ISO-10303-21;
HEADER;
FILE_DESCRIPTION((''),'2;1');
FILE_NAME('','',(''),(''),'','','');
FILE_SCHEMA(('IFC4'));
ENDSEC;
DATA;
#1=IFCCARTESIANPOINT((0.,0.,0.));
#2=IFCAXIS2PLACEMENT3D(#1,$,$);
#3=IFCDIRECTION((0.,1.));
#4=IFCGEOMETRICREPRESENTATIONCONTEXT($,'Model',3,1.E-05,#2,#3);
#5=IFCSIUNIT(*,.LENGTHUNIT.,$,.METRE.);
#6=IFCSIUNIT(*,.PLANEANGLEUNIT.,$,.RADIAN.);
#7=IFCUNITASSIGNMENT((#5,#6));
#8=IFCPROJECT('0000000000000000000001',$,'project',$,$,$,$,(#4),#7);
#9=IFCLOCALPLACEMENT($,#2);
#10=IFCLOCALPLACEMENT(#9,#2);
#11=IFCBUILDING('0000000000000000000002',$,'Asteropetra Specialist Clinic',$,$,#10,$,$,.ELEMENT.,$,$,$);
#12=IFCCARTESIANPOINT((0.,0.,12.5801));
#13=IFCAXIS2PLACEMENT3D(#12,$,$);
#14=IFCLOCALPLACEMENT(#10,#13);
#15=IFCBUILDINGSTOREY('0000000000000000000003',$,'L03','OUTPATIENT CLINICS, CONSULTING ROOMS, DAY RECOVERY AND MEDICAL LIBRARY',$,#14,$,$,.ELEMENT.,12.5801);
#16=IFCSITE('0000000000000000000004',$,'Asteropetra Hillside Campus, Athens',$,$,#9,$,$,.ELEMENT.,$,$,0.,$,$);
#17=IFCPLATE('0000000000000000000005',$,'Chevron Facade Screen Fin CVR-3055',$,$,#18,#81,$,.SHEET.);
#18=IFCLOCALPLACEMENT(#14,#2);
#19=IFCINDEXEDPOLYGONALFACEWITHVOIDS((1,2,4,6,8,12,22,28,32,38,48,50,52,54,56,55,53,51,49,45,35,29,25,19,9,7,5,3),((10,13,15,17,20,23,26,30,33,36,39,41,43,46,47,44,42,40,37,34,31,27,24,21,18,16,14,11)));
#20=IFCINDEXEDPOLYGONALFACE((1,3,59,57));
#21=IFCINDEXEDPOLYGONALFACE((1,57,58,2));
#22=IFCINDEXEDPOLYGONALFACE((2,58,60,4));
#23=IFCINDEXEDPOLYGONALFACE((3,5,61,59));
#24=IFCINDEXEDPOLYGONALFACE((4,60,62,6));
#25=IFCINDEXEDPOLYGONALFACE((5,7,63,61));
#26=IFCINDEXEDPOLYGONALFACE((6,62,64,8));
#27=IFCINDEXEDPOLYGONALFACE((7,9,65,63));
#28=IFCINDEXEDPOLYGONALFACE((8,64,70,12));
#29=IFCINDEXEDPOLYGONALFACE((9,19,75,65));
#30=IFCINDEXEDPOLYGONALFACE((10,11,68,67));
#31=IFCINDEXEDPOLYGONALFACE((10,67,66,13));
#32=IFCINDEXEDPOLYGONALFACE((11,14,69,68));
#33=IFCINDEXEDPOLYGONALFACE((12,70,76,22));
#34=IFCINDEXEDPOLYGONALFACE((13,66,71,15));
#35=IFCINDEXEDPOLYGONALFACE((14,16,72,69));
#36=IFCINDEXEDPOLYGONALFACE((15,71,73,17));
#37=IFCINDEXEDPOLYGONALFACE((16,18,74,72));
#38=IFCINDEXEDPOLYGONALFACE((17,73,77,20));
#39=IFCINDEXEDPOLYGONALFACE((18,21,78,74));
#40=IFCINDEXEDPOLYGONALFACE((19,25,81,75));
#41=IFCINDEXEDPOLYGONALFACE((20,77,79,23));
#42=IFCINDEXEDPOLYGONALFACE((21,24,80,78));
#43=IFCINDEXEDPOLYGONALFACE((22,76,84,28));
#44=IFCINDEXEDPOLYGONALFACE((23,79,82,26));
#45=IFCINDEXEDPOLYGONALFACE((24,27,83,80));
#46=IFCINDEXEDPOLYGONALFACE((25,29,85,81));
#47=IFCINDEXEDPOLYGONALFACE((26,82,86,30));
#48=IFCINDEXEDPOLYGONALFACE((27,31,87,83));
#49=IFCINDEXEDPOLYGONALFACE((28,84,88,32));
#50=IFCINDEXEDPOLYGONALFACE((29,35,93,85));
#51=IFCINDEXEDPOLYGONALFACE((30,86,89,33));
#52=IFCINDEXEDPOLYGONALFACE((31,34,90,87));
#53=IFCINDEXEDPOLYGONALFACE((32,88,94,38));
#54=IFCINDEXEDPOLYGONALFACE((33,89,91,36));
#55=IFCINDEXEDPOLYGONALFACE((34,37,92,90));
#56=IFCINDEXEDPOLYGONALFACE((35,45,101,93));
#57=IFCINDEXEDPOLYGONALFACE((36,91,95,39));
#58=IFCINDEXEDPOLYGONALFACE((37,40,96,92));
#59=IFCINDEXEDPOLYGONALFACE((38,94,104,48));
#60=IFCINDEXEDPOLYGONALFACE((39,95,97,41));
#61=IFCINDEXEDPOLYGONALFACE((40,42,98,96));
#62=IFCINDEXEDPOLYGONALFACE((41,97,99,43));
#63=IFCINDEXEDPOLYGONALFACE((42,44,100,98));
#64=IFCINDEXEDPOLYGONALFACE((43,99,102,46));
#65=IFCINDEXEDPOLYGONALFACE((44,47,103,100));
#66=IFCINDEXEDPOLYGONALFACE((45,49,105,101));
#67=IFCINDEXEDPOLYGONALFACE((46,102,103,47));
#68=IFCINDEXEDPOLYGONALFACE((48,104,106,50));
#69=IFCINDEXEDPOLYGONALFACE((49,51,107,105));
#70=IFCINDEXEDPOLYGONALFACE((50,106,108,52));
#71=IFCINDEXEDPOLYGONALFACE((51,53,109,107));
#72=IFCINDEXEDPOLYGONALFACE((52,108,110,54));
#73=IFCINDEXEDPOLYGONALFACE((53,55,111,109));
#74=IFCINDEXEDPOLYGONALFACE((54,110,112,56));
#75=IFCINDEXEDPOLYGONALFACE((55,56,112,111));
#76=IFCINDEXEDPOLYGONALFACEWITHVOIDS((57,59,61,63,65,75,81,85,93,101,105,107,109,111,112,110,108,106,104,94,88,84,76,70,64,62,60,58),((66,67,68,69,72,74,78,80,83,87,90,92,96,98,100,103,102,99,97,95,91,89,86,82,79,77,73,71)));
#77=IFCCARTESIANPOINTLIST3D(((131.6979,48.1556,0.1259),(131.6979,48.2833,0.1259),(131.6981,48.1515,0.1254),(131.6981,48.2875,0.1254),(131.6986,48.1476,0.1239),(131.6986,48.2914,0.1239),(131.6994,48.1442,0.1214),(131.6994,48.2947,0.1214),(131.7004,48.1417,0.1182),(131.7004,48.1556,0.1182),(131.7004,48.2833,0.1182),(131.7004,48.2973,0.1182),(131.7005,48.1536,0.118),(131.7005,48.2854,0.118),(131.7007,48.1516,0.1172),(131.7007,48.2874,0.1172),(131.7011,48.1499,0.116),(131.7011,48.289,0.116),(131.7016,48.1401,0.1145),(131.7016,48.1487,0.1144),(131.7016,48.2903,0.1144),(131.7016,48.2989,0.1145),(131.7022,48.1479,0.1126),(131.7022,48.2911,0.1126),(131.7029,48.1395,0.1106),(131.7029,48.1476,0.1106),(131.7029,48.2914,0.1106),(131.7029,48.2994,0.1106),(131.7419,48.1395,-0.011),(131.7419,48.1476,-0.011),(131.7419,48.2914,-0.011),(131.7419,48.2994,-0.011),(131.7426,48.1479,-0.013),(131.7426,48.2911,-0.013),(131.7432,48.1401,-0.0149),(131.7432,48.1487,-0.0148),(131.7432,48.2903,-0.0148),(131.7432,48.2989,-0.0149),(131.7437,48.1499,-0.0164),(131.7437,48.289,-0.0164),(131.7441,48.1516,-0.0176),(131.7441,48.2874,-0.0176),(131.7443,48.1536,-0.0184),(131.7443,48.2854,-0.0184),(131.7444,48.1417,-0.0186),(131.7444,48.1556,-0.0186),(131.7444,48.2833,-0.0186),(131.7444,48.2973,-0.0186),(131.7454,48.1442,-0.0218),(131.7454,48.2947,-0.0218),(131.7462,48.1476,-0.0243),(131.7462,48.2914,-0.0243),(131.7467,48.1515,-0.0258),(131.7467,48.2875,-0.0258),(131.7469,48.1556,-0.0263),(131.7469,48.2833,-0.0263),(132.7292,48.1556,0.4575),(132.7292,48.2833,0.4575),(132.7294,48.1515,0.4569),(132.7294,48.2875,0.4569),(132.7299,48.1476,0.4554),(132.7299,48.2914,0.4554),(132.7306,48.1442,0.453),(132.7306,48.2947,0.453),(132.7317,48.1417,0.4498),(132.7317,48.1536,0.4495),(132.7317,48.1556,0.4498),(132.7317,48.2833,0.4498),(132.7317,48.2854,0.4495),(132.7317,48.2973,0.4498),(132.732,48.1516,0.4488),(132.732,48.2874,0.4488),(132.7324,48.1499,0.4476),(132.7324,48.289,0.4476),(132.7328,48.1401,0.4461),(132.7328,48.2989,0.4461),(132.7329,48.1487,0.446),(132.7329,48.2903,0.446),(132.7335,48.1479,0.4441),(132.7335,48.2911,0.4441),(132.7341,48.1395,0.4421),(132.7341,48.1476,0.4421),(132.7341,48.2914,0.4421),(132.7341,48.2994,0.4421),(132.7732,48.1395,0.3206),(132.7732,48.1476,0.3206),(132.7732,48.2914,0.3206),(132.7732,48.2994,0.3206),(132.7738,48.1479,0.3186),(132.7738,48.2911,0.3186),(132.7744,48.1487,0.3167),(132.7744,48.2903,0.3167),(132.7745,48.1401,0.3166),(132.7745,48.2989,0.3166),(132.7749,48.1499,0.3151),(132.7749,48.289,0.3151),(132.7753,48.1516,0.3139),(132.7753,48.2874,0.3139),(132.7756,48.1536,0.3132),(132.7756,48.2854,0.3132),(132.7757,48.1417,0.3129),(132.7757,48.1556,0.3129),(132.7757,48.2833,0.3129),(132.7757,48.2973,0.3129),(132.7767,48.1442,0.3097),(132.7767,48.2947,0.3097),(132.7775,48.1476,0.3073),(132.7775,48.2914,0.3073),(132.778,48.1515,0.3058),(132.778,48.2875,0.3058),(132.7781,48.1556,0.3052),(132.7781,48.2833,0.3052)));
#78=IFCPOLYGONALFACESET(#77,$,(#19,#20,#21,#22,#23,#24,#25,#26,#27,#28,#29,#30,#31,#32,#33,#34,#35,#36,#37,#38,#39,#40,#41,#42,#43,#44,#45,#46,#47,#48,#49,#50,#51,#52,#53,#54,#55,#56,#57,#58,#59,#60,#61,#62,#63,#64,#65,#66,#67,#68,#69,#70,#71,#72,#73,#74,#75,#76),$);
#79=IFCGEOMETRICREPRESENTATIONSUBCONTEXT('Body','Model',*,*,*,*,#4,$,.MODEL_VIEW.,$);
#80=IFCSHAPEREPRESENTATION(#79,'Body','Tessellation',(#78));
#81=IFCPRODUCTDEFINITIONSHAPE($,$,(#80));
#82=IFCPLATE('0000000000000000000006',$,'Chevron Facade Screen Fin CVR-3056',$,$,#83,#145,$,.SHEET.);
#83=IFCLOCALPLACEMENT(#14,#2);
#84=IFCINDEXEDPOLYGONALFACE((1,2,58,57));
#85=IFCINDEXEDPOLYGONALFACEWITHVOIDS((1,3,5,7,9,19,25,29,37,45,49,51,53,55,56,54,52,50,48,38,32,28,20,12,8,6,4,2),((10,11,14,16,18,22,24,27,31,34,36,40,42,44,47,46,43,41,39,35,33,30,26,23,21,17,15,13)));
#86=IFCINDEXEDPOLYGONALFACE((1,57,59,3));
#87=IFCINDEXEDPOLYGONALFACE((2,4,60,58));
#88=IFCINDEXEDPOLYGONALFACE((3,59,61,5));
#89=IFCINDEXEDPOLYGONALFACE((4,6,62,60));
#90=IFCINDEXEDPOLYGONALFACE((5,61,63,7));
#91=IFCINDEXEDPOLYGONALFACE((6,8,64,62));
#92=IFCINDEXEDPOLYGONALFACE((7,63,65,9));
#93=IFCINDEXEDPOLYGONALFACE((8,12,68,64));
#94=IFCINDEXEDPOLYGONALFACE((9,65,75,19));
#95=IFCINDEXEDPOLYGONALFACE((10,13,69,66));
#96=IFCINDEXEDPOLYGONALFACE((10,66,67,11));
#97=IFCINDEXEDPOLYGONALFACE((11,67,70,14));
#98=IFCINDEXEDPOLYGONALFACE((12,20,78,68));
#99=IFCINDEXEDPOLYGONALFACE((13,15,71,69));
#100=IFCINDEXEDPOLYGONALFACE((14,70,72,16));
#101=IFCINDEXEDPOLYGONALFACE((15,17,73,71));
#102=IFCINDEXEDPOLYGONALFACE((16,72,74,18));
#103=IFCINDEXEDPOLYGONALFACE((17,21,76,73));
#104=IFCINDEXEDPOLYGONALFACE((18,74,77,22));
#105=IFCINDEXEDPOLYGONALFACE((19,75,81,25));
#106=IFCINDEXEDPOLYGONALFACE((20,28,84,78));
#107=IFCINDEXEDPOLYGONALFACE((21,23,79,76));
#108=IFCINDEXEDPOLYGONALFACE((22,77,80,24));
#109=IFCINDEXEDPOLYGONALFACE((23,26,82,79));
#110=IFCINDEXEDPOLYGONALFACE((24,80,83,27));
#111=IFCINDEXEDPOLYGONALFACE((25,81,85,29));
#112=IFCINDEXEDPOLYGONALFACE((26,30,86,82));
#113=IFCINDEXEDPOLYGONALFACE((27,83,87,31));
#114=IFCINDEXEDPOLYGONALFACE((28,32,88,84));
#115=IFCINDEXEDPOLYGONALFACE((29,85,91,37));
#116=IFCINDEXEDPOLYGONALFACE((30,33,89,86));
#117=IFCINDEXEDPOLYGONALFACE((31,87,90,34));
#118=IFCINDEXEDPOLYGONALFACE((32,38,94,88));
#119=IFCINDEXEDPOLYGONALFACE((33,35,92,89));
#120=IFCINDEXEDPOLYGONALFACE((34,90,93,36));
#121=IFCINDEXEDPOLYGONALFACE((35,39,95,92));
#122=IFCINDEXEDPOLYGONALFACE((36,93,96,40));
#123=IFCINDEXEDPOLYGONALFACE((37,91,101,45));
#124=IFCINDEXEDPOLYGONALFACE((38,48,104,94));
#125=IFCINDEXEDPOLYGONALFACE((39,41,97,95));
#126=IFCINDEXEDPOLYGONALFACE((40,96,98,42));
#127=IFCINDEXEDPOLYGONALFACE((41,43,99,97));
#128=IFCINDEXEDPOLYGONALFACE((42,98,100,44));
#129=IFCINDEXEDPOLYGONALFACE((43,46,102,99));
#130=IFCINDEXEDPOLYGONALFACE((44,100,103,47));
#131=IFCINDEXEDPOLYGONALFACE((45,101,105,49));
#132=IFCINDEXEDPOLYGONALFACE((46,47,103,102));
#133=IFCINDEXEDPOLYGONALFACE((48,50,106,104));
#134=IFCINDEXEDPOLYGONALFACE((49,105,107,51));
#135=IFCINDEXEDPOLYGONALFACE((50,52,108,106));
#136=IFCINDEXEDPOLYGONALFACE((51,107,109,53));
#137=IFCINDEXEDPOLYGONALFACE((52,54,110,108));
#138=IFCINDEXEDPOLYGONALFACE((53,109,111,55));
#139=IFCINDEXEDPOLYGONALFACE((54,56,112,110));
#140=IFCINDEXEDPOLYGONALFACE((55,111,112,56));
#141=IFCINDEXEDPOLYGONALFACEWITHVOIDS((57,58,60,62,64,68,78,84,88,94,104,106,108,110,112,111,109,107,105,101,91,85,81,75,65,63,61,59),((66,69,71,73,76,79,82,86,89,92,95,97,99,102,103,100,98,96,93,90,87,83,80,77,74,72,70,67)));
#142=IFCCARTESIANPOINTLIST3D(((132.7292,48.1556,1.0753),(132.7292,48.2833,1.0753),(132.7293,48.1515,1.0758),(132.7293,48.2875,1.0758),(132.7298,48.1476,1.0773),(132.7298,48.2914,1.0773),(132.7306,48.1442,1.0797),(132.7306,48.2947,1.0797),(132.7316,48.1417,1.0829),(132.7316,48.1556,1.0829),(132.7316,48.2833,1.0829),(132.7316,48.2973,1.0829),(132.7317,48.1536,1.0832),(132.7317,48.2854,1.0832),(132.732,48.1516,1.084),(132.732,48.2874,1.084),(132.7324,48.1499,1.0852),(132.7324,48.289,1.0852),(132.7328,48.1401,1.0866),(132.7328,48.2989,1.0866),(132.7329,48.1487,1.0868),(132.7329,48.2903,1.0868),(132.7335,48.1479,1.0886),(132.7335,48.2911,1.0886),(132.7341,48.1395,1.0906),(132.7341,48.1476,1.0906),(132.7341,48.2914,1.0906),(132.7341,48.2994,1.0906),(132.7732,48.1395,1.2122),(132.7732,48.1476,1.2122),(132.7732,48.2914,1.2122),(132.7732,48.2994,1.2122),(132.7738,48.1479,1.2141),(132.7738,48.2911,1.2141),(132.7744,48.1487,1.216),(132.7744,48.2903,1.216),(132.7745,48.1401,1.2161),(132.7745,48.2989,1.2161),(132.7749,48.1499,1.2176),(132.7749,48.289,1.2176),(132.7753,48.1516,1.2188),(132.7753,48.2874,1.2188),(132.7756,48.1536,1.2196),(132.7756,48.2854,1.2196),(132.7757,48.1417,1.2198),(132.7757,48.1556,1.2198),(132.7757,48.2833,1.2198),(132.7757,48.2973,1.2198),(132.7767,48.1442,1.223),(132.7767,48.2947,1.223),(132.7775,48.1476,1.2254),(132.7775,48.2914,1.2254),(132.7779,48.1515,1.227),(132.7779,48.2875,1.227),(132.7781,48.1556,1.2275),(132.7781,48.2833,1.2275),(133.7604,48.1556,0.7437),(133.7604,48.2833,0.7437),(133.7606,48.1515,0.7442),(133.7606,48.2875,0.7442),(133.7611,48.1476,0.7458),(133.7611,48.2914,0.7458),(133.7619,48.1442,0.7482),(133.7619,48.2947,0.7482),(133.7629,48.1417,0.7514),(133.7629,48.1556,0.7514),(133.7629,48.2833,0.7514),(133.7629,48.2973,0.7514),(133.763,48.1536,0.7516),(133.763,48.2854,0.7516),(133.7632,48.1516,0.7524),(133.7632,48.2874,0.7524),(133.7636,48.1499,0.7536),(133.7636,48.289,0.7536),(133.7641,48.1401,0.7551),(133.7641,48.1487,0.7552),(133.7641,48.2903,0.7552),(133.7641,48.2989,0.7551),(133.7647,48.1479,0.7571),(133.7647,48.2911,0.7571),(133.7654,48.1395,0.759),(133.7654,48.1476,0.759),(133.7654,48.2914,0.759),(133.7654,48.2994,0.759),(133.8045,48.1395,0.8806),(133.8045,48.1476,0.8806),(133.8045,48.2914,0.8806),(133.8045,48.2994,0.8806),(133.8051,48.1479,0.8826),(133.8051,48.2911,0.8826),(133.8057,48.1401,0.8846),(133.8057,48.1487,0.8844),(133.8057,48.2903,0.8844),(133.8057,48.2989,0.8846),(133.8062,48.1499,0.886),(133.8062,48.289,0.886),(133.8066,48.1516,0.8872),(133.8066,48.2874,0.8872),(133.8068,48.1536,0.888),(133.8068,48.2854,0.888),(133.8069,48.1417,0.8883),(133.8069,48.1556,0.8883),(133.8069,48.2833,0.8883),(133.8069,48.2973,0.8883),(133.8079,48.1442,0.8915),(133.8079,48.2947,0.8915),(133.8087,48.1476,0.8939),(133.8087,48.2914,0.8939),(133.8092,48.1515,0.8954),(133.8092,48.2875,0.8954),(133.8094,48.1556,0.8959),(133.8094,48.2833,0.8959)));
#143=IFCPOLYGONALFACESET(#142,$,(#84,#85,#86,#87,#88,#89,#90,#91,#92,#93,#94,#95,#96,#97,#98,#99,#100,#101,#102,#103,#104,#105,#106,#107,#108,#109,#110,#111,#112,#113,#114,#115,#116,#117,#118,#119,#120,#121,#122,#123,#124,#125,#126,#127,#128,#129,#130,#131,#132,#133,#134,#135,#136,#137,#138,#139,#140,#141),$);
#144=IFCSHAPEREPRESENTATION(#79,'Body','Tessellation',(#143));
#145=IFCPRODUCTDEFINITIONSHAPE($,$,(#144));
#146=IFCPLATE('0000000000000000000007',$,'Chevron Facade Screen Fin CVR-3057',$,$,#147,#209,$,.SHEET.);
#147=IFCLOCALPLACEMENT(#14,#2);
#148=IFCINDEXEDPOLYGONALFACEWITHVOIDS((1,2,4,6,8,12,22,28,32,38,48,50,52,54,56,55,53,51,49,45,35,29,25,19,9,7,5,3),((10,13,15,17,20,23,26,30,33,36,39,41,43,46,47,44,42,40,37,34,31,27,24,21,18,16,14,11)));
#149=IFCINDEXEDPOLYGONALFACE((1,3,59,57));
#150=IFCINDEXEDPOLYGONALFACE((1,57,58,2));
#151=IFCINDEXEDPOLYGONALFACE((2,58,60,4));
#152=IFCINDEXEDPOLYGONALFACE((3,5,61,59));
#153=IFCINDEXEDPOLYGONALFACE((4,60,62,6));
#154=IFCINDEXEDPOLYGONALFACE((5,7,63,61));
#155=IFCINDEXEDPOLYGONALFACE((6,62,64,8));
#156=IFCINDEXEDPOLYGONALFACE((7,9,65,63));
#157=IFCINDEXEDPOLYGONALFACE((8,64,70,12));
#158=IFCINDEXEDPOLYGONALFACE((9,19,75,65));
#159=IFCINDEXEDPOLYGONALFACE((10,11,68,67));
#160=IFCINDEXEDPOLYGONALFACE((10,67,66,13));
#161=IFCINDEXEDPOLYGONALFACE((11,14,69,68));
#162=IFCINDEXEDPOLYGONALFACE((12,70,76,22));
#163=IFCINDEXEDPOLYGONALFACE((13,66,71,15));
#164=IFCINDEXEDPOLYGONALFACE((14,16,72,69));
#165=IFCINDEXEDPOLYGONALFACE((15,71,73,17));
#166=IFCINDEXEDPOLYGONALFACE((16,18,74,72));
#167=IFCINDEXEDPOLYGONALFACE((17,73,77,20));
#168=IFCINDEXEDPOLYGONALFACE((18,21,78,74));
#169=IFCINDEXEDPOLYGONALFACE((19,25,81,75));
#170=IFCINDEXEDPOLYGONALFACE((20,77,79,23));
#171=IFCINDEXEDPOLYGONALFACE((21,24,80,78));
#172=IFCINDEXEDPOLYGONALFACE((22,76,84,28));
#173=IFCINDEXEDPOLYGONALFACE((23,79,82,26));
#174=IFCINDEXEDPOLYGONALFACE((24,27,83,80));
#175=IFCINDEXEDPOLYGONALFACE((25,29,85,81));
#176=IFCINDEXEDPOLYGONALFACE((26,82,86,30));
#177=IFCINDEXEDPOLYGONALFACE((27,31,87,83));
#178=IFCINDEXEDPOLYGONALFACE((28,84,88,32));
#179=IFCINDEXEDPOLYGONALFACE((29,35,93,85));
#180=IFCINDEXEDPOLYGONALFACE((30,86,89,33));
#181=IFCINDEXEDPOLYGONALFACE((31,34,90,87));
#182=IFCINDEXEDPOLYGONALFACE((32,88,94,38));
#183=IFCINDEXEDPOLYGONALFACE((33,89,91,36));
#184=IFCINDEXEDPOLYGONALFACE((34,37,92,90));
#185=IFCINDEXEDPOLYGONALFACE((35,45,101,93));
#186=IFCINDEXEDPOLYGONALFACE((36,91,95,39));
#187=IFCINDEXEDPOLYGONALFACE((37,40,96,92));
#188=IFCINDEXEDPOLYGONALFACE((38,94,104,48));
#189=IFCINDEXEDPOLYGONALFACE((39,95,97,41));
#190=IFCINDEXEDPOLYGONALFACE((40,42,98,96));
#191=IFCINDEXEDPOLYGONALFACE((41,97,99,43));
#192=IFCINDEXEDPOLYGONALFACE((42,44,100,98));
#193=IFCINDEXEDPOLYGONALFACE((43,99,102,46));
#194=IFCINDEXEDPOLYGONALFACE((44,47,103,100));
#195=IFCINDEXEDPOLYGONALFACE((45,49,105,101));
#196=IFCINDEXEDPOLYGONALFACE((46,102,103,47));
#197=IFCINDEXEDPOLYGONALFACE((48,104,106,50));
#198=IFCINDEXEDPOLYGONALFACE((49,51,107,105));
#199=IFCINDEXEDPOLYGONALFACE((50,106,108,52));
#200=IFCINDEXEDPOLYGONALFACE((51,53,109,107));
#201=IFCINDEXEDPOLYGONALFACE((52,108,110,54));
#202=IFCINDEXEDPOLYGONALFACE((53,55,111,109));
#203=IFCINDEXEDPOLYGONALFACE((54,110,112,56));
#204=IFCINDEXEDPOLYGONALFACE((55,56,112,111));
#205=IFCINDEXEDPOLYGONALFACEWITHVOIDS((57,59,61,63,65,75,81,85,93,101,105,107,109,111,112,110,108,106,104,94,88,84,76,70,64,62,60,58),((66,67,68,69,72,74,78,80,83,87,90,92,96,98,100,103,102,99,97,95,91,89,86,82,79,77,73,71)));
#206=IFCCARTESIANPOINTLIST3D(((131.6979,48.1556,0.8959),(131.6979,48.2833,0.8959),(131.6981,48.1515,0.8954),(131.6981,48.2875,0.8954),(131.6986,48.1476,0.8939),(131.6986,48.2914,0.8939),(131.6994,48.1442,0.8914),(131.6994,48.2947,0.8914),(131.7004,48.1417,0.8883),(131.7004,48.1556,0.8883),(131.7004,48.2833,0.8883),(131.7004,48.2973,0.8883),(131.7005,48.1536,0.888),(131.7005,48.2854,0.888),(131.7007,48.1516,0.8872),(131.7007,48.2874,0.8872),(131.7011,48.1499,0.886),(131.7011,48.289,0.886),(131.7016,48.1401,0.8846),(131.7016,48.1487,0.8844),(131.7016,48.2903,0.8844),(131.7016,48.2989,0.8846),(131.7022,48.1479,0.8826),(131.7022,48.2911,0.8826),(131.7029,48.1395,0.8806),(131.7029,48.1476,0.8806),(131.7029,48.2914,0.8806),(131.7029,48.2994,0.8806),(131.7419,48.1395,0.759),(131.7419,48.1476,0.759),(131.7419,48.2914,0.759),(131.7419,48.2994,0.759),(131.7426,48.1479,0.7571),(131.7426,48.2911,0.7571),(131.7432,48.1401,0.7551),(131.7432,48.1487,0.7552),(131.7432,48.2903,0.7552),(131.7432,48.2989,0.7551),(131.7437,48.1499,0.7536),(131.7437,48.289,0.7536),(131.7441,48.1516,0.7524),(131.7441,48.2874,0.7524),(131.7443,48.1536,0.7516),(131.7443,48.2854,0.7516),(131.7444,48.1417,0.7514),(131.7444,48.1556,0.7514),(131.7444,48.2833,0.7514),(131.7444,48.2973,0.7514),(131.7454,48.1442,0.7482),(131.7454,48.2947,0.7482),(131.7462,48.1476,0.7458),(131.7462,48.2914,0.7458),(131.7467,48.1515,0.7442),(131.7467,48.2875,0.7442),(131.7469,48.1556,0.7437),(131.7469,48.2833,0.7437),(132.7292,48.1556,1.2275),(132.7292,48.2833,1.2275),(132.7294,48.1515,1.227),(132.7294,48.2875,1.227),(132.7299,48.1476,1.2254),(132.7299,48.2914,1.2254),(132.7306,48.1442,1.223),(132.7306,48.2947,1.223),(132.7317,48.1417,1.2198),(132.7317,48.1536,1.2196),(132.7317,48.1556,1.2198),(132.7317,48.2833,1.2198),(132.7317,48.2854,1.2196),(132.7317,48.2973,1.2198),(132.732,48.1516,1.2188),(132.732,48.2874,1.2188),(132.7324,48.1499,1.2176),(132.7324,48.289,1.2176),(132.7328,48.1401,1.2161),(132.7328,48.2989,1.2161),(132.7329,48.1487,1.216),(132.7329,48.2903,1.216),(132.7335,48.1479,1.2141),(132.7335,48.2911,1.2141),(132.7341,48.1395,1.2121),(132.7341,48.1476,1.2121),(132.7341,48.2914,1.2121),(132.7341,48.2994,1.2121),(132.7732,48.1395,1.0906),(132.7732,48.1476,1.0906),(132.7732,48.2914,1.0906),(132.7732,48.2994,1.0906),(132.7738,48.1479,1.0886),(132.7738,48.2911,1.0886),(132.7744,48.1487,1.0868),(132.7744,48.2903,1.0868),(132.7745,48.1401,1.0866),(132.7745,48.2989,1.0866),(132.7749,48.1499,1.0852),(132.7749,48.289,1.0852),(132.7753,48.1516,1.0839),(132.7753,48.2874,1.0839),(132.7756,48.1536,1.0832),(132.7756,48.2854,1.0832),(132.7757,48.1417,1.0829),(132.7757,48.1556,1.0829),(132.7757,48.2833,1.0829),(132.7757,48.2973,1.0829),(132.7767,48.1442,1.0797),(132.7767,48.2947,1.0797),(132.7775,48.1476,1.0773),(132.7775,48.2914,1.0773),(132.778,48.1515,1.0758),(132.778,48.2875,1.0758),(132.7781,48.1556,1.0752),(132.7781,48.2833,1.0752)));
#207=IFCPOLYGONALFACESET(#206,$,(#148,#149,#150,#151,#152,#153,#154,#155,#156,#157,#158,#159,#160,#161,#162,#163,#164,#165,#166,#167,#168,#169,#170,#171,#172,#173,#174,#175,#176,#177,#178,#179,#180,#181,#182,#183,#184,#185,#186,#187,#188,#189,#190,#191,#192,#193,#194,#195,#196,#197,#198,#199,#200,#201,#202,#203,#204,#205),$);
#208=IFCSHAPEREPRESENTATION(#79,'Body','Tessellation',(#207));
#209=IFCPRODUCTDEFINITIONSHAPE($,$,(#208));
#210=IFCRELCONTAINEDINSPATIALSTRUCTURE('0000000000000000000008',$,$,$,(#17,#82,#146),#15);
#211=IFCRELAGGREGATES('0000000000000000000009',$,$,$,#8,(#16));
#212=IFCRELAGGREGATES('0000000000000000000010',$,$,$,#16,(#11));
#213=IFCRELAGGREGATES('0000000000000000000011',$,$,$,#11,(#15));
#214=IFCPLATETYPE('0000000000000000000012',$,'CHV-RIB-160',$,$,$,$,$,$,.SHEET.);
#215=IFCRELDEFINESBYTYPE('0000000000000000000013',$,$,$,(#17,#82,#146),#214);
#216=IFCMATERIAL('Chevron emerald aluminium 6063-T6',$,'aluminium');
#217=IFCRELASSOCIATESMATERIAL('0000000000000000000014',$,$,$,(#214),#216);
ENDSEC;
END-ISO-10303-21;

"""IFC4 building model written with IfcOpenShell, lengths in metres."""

from ifc_helpers import new_model, si_unit, direction, frame, origin, origin_2d, place, context, subcontext, project, spatial, hollow_rectangle, extrude, material, material_profile, profile_set, type_object, element, save


model = new_model("IFC4")

# Units and contexts
model_context = context("Model", 3, precision=1e-05, world=origin(), true_north=direction((0.0, 1.0)))
body_context = subcontext(model_context, "Body", "Model", "MODEL_VIEW")
ifc_project = project(units=[si_unit("LENGTHUNIT", "METRE"), si_unit("PLANEANGLEUNIT", "RADIAN")], contexts=[model_context])

# Site, building, storey
site_placement = place(None, origin())
site = spatial("IfcSite", under=ifc_project, at=site_placement, Name="Asteropetra Hillside Campus, Athens", CompositionType="ELEMENT", RefElevation=0.0)
building_placement = place(site_placement, origin())
building = spatial("IfcBuilding", under=site, at=building_placement, Name="Asteropetra Specialist Clinic", CompositionType="ELEMENT")
storey_placement = place(building_placement, frame((0.0, 0.0, 12.5801)))
storey = spatial("IfcBuildingStorey", under=building, at=storey_placement, Name="L03", Description="OUTPATIENT CLINICS, CONSULTING ROOMS, DAY RECOVERY AND MEDICAL LIBRARY", CompositionType="ELEMENT", Elevation=12.5801)

# Plates
ifc_material_1 = material(Name="Chevron emerald aluminium 6063-T6", Category="aluminium")
ifc_material_profile_1 = material_profile(ifc_material_1, hollow_rectangle(XDim=0.1599, YDim=0.1599, WallThickness=0.0081, InnerFilletRadius=0.0081, OuterFilletRadius=0.0161, at=origin_2d()), Name="SHS 160x160x8.0")
ifc_profile_set_1 = profile_set([ifc_material_profile_1], Name="Chevron emerald aluminium 6063-T6")
plate_type_1 = type_object("IfcPlateType", Name="CHV-RIB-160", PredefinedType="SHEET", material=ifc_profile_set_1)
for number, where, z_axis, x_axis, name in (
    (1, (132.7537, 48.2195, 0.3813), (-0.95201, 0.0, -0.306068), (0.0, -1.0, 0.0), "Chevron Facade Screen Fin CVR-3055"),
    (2, (133.7849, 48.2195, 0.8198), (-0.95201, 0.0, 0.306068), (0.0, -1.0, 0.0), "Chevron Facade Screen Fin CVR-3056"),
    (3, (132.7537, 48.2195, 1.1514), (-0.95201, 0.0, -0.306068), (0.0, -1.0, 0.0), "Chevron Facade Screen Fin CVR-3057"),
):
    element("IfcPlate", number, at=place(storey_placement, frame(where, z_axis=z_axis, x_axis=x_axis)), inside=storey, type_object=plate_type_1, Name=name, PredefinedType="SHEET", context=body_context, shape_type="SweptSolid", body=[
        extrude(hollow_rectangle(XDim=0.1599, YDim=0.1599, WallThickness=0.0081, InnerFilletRadius=0.0081, OuterFilletRadius=0.0161, at=origin_2d()), origin(), (0.0, 0.0, 1.0), 1.0833),
    ])

save(model, "model.ifc")
